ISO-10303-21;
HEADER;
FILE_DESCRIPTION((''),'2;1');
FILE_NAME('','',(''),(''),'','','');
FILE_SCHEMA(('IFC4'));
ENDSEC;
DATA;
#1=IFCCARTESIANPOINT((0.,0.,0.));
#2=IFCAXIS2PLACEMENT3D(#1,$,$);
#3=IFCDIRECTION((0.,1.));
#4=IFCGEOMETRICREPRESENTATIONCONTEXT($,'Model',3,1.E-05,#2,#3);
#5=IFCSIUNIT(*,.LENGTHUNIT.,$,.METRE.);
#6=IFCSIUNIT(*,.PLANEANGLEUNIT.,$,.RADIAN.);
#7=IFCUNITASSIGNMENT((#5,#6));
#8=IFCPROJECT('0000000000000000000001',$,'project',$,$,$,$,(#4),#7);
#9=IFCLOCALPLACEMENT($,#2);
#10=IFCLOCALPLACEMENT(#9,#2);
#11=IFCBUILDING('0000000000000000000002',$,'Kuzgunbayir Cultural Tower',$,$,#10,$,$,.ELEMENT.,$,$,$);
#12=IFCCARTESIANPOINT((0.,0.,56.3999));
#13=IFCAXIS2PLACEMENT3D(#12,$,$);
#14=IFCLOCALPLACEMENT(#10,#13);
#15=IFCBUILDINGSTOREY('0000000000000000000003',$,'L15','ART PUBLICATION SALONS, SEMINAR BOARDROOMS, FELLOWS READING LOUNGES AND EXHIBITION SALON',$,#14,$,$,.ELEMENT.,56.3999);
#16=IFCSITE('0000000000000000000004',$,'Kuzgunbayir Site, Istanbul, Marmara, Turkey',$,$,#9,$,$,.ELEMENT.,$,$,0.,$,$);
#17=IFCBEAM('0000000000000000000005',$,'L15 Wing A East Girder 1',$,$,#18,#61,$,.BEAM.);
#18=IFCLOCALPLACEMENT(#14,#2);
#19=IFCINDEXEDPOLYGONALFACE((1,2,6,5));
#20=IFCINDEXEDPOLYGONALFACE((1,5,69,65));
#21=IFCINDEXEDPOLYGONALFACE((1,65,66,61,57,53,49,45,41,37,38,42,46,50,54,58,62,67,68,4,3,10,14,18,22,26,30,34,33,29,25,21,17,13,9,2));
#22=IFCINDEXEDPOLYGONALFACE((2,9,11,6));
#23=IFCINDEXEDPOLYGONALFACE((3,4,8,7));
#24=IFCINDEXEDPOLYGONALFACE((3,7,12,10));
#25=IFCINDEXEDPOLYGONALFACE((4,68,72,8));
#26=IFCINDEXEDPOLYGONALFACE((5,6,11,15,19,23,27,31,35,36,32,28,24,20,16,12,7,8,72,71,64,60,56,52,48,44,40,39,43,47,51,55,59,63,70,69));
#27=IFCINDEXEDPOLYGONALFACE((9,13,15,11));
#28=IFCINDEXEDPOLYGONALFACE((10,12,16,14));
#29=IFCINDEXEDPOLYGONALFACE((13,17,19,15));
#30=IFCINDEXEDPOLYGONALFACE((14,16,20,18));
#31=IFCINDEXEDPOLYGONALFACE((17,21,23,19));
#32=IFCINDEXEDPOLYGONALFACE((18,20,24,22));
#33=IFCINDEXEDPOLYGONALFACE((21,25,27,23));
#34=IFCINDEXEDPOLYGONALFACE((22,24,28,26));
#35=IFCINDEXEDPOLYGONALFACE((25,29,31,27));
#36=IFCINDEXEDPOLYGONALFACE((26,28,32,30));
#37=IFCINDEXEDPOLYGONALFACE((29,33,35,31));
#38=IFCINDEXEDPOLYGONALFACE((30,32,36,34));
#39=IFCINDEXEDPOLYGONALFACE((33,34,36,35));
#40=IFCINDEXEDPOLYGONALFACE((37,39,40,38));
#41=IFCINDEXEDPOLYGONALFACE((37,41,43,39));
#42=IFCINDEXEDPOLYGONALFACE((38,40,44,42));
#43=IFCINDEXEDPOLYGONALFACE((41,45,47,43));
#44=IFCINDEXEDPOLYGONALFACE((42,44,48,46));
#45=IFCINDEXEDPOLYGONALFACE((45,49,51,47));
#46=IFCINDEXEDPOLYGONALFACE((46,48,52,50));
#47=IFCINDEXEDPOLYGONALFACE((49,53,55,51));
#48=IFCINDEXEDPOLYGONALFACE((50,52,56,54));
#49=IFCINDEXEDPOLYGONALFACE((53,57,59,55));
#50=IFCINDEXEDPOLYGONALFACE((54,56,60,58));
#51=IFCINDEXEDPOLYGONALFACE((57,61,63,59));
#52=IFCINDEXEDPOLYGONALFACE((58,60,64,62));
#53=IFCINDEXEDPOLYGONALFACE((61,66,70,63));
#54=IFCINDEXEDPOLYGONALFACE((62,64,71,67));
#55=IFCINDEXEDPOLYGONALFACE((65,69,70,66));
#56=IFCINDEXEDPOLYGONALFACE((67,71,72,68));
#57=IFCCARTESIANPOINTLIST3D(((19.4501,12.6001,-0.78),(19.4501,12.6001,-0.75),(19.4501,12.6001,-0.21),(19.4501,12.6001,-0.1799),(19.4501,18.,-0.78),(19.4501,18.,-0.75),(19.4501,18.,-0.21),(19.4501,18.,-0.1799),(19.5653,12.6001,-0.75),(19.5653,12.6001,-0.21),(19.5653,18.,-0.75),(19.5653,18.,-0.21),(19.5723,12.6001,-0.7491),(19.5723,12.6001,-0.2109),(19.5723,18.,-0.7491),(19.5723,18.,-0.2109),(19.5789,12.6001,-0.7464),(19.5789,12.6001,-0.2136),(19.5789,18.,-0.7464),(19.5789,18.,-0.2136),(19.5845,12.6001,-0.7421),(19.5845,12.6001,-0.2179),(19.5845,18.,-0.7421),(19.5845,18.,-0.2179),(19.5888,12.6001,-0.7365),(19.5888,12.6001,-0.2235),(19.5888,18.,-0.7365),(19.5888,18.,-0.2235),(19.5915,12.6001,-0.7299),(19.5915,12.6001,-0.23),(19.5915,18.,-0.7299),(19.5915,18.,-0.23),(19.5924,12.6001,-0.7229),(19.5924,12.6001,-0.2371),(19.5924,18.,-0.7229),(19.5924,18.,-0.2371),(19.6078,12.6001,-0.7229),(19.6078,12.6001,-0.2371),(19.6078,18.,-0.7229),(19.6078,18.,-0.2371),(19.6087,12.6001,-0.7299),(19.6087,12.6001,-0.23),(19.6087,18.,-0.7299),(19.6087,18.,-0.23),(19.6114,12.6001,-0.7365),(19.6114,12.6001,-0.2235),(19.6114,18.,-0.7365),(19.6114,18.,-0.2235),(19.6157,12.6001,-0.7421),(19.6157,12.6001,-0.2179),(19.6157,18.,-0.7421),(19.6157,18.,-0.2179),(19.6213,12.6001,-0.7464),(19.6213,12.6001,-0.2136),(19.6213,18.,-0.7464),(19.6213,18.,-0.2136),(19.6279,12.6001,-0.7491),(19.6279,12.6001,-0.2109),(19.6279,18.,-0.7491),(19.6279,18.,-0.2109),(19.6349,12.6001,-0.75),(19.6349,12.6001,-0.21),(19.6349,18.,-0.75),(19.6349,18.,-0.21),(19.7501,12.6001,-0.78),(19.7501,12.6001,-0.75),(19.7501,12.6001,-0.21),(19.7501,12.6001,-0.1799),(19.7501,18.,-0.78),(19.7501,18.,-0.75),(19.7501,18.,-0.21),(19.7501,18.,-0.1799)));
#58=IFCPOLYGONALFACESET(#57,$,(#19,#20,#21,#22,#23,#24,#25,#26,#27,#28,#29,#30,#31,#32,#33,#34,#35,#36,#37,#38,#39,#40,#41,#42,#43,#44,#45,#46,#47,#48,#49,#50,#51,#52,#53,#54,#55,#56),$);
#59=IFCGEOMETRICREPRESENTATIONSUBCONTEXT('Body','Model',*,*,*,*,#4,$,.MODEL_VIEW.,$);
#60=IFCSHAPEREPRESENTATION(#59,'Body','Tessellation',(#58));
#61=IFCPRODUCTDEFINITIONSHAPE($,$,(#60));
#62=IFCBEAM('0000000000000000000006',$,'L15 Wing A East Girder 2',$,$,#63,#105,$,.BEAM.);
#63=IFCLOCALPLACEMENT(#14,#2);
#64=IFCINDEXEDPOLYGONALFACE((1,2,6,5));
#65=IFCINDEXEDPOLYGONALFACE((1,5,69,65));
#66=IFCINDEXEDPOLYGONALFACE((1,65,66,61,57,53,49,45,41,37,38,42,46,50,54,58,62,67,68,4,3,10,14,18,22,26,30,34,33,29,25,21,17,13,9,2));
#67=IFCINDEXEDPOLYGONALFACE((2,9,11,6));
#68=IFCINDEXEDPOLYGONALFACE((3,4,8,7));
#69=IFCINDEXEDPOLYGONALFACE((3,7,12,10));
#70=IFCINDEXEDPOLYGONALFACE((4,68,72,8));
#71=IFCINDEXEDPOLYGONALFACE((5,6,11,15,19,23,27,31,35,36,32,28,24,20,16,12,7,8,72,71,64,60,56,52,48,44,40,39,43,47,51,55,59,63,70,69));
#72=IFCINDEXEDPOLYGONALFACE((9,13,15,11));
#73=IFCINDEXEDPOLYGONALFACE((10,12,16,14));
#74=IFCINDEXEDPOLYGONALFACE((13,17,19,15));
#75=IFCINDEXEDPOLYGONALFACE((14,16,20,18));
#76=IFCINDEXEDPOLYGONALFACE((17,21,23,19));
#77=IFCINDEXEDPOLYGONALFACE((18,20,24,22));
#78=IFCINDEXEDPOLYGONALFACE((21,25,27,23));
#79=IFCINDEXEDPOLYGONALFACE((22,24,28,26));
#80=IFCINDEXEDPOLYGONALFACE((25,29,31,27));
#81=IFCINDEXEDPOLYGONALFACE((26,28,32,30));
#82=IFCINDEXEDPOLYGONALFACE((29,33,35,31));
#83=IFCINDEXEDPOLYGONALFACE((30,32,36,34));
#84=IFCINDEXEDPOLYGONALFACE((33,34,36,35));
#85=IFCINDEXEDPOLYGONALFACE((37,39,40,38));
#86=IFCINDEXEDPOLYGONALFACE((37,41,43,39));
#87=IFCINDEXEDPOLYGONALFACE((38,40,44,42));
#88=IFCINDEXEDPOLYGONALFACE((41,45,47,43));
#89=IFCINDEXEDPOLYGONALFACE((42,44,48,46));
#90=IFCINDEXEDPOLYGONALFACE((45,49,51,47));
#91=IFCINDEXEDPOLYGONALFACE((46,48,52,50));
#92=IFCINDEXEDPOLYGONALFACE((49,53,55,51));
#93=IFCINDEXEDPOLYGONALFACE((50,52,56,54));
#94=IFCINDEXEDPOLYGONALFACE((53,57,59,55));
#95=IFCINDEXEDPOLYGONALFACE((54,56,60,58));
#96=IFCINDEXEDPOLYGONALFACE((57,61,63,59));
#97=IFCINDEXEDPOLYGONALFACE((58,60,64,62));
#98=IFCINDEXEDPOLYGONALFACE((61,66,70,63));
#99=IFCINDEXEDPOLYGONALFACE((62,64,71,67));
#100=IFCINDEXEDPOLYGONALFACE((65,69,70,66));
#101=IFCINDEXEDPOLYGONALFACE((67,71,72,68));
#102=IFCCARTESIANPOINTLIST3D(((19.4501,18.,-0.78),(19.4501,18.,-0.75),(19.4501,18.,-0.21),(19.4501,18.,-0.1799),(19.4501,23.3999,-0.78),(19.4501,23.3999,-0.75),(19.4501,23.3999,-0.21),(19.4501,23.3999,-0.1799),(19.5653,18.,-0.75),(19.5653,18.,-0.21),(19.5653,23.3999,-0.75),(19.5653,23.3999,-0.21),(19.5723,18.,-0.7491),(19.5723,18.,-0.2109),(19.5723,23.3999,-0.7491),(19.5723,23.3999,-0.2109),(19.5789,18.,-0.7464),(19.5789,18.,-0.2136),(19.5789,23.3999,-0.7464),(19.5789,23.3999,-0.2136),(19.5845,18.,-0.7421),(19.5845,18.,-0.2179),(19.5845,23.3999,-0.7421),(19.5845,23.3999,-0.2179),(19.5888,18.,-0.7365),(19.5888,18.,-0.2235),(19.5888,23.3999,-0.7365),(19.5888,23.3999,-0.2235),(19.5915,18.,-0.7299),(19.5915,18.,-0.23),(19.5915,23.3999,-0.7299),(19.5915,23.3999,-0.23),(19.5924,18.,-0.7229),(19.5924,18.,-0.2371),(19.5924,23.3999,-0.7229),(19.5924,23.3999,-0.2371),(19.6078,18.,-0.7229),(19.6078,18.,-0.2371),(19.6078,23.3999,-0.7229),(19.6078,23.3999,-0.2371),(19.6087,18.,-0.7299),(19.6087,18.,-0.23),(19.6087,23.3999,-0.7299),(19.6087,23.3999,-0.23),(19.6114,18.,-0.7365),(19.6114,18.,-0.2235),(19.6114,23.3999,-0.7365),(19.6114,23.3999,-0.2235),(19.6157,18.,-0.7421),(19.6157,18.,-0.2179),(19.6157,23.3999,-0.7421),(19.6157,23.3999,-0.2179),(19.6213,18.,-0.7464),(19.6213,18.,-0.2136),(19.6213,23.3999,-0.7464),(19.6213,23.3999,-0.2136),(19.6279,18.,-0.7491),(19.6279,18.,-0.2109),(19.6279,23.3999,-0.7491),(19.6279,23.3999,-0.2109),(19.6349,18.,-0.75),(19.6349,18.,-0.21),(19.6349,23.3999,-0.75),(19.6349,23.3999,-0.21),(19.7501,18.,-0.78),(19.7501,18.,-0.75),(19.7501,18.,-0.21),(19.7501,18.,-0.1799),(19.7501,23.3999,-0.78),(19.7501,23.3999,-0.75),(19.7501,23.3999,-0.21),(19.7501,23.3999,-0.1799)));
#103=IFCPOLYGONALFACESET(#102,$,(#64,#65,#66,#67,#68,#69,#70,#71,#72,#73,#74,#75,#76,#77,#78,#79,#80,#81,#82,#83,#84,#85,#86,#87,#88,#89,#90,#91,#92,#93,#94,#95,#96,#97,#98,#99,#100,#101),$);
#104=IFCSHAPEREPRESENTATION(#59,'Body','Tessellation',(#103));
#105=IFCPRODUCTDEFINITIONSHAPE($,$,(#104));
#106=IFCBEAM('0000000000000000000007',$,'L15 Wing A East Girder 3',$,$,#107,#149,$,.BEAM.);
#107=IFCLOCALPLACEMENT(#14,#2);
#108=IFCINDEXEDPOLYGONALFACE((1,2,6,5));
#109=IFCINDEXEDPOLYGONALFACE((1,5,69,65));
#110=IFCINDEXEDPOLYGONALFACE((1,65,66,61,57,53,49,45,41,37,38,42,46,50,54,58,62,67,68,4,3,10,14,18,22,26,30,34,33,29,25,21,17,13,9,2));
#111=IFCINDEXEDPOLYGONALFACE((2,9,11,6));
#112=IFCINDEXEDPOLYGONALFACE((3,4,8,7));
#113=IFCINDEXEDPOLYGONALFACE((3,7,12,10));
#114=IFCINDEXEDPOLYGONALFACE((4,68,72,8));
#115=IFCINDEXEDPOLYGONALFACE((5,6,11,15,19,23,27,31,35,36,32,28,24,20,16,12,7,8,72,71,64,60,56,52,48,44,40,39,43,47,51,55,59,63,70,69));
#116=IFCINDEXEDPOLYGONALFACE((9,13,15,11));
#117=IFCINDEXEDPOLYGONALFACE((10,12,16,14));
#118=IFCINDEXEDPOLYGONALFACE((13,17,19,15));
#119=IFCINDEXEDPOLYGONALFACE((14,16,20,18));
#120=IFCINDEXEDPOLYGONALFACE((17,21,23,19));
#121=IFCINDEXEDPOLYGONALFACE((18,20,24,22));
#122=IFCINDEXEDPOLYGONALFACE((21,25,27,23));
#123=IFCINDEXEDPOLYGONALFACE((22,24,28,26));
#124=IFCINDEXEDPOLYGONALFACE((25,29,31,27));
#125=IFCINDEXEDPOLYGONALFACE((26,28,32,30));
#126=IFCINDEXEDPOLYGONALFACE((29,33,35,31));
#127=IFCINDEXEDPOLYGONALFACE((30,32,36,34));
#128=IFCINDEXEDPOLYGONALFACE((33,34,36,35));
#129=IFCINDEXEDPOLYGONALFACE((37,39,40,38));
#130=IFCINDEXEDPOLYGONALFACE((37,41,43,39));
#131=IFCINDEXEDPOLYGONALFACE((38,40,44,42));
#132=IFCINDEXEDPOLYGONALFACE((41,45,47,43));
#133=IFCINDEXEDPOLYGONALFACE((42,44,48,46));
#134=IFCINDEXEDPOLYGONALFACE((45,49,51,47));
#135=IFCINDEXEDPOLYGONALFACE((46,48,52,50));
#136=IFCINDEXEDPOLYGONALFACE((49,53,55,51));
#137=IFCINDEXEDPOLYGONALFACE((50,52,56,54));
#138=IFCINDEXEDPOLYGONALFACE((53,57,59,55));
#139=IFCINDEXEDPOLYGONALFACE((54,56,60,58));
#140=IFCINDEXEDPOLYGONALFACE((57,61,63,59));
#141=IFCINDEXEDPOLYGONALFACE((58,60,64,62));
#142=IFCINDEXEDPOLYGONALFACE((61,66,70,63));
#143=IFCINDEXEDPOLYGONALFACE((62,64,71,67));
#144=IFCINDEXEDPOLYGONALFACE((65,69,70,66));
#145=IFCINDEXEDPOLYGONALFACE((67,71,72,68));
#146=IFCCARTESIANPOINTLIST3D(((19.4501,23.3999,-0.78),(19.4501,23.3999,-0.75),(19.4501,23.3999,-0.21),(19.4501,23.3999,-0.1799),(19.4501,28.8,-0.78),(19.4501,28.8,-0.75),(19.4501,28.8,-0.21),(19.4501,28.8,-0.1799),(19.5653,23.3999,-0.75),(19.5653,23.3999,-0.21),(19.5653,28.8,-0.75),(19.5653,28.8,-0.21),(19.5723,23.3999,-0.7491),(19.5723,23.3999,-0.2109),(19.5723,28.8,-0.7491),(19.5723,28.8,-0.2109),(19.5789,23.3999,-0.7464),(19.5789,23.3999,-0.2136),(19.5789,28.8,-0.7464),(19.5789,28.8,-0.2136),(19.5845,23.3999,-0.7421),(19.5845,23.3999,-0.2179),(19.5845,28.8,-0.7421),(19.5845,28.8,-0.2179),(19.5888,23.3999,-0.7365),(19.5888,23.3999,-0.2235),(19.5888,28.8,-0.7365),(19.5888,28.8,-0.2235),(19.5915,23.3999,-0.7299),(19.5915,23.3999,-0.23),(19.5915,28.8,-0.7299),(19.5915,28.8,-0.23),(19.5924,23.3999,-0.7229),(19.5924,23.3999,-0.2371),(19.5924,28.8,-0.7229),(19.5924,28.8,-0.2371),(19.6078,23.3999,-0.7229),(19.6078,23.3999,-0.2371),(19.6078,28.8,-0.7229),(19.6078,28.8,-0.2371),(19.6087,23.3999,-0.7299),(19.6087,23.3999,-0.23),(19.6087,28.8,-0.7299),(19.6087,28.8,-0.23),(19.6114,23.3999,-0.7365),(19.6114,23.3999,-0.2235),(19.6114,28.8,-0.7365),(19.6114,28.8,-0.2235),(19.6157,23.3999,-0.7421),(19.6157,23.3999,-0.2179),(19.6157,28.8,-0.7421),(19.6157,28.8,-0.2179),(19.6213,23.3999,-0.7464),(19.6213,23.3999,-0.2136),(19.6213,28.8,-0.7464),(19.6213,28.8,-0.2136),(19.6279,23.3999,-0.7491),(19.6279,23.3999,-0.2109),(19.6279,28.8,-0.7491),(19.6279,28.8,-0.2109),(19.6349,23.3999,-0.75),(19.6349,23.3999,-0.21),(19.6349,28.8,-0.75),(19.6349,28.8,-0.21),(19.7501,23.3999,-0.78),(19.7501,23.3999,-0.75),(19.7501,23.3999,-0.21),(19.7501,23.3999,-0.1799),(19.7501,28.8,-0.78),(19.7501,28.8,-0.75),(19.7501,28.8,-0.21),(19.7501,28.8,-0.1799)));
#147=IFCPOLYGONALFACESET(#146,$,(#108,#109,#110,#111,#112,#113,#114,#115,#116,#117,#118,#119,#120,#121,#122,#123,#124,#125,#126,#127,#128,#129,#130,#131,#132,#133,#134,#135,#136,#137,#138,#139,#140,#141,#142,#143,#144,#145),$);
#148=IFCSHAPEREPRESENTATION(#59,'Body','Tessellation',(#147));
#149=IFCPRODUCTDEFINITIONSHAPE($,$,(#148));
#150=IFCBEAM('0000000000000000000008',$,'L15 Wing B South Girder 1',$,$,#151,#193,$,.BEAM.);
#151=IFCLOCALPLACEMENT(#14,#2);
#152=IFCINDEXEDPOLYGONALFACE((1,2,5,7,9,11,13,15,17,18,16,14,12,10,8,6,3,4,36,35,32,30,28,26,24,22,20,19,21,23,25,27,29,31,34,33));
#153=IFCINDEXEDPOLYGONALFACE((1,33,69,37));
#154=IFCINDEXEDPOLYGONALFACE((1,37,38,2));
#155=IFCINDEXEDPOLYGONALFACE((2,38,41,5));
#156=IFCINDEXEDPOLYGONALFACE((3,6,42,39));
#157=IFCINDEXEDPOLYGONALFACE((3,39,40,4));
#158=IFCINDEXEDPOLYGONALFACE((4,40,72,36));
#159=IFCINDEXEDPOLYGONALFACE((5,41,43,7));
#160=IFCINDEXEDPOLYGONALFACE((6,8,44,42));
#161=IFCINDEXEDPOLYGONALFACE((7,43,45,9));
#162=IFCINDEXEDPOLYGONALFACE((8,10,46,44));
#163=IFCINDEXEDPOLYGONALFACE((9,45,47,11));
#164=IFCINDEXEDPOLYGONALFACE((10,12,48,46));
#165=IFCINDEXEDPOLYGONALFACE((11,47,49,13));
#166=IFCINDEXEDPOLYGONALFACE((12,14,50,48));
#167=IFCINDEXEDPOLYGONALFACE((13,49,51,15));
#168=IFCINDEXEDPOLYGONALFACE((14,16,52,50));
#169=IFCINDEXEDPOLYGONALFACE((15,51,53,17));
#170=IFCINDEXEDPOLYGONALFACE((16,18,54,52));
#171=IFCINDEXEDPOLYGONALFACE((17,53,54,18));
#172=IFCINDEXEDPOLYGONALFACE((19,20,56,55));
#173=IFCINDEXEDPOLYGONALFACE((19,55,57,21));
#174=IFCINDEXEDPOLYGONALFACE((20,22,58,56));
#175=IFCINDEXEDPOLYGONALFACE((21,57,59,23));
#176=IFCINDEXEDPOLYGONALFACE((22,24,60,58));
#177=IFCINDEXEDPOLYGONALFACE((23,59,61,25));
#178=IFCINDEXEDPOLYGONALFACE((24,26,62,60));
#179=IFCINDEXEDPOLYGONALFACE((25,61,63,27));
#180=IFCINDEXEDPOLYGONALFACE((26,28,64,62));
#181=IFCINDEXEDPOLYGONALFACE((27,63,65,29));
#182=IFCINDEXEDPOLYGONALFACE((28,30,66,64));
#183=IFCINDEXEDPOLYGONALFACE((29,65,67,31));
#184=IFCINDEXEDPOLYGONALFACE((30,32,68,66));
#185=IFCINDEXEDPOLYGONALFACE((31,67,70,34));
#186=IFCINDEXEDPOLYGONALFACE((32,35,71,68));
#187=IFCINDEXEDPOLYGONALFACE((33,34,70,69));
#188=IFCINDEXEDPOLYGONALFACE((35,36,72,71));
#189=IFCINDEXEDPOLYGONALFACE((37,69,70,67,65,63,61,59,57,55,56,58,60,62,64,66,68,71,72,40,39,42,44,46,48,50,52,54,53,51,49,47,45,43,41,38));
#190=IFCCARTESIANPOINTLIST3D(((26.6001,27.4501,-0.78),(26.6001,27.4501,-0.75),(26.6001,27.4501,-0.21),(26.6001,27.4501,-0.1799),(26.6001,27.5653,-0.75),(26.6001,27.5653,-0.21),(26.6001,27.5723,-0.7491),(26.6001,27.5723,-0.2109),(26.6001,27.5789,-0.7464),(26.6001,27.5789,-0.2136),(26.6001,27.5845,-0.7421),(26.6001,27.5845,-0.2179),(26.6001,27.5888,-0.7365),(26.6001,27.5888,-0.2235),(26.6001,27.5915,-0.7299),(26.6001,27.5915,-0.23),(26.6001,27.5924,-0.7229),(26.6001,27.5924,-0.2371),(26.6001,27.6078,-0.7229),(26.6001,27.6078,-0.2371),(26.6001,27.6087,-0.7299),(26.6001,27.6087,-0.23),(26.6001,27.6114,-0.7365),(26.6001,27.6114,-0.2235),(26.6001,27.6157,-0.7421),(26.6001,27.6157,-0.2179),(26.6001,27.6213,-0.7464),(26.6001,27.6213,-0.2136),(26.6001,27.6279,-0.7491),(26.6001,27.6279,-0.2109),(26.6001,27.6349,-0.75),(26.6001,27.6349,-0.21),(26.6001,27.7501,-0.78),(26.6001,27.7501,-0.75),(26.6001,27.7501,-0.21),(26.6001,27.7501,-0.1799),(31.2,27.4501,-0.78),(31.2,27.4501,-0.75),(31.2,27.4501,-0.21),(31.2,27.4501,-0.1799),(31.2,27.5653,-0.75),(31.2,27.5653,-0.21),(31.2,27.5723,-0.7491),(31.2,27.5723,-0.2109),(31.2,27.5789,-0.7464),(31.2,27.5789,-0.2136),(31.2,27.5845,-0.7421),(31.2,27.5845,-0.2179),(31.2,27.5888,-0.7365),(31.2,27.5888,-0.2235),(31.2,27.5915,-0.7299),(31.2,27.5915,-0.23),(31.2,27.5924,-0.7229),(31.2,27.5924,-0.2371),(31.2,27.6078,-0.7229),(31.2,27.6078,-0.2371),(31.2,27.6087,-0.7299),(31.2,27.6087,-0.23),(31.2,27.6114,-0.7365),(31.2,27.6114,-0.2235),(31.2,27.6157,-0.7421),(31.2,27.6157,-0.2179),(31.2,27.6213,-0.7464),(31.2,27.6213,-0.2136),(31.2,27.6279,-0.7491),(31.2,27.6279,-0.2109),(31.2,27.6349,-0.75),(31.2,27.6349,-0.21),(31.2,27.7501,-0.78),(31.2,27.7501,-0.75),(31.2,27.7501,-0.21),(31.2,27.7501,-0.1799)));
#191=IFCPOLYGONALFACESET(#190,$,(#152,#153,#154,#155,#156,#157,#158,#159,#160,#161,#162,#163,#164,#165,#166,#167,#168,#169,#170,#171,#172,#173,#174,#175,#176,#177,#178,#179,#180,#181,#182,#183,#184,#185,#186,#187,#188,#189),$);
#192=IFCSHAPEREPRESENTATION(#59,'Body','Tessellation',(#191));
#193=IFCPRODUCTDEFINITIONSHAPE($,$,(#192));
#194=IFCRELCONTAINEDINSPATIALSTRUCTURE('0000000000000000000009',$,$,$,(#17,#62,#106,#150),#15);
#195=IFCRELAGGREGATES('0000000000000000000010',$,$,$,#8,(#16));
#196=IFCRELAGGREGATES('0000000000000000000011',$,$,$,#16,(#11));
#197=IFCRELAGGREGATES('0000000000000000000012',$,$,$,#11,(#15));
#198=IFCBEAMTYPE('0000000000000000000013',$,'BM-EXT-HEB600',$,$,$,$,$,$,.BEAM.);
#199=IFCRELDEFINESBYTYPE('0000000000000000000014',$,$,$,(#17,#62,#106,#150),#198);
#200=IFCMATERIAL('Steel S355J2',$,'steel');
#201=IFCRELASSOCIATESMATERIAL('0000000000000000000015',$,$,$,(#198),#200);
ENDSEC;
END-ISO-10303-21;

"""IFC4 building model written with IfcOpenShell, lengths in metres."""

from ifc_helpers import new_model, si_unit, direction, frame, origin, origin_2d, place, context, subcontext, project, spatial, i_section, extrude, material, material_profile, profile_set, type_object, element, save


model = new_model("IFC4")

# Units and contexts
model_context = context("Model", 3, precision=1e-05, world=origin(), true_north=direction((0.0, 1.0)))
body_context = subcontext(model_context, "Body", "Model", "MODEL_VIEW")
ifc_project = project(units=[si_unit("LENGTHUNIT", "METRE"), si_unit("PLANEANGLEUNIT", "RADIAN")], contexts=[model_context])

# Site, building, storey
site_placement = place(None, origin())
site = spatial("IfcSite", under=ifc_project, at=site_placement, Name="Kuzgunbayir Site, Istanbul, Marmara, Turkey", CompositionType="ELEMENT", RefElevation=0.0)
building_placement = place(site_placement, origin())
building = spatial("IfcBuilding", under=site, at=building_placement, Name="Kuzgunbayir Cultural Tower", CompositionType="ELEMENT")
storey_placement = place(building_placement, frame((0.0, 0.0, 56.3999)))
storey = spatial("IfcBuildingStorey", under=building, at=storey_placement, Name="L15", Description="ART PUBLICATION SALONS, SEMINAR BOARDROOMS, FELLOWS READING LOUNGES AND EXHIBITION SALON", CompositionType="ELEMENT", Elevation=56.3999)

# Beams
ifc_material_1 = material(Name="Steel S355J2", Category="steel")
ifc_material_profile_1 = material_profile(ifc_material_1, i_section(OverallWidth=0.3, OverallDepth=0.6001, WebThickness=0.0154, FlangeThickness=0.03, FilletRadius=0.0271, at=origin_2d()), Name="HEB 600")
ifc_profile_set_1 = profile_set([ifc_material_profile_1], Name="Steel S355J2")
beam_type_1 = type_object("IfcBeamType", Name="BM-EXT-HEB600", PredefinedType="BEAM", material=ifc_profile_set_1)
for number, where, z_axis, x_axis, name in (
    (1, (19.6001, 12.6001, -0.48), (0.0, 1.0, 0.0), (-1.0, 0.0, 0.0), "L15 Wing A East Girder 1"),
    (2, (19.6001, 18.0, -0.48), (0.0, 1.0, 0.0), (-1.0, 0.0, 0.0), "L15 Wing A East Girder 2"),
):
    element("IfcBeam", number, at=place(storey_placement, frame(where, z_axis=z_axis, x_axis=x_axis)), inside=storey, type_object=beam_type_1, Name=name, PredefinedType="BEAM", context=body_context, shape_type="SweptSolid", body=[
        extrude(i_section(OverallWidth=0.3, OverallDepth=0.6001, WebThickness=0.0154, FlangeThickness=0.03, FilletRadius=0.0271, at=origin_2d()), origin(), (0.0, 0.0, 1.0), 5.3999),
    ])
beam_1_placement = place(storey_placement, frame((19.6001, 23.3999, -0.48), z_axis=(0.0, 1.0, 0.0), x_axis=(-1.0, 0.0, 0.0)))
element("IfcBeam", 3, at=beam_1_placement, inside=storey, type_object=beam_type_1, Name="L15 Wing A East Girder 3", PredefinedType="BEAM", context=body_context, shape_type="SweptSolid", body=[
    extrude(i_section(OverallWidth=0.3, OverallDepth=0.6001, WebThickness=0.0154, FlangeThickness=0.03, FilletRadius=0.0271, at=origin_2d()), origin(), (0.0, 0.0, 1.0), 5.4001),
])
beam_2_placement = place(storey_placement, frame((26.6001, 27.6001, -0.48), z_axis=(1.0, 0.0, 0.0), x_axis=(0.0, 1.0, 0.0)))
element("IfcBeam", 4, at=beam_2_placement, inside=storey, type_object=beam_type_1, Name="L15 Wing B South Girder 1", PredefinedType="BEAM", context=body_context, shape_type="SweptSolid", body=[
    extrude(i_section(OverallWidth=0.3, OverallDepth=0.6001, WebThickness=0.0154, FlangeThickness=0.03, FilletRadius=0.0271, at=origin_2d()), origin(), (0.0, 0.0, 1.0), 4.5999),
])

save(model, "model.ifc")
